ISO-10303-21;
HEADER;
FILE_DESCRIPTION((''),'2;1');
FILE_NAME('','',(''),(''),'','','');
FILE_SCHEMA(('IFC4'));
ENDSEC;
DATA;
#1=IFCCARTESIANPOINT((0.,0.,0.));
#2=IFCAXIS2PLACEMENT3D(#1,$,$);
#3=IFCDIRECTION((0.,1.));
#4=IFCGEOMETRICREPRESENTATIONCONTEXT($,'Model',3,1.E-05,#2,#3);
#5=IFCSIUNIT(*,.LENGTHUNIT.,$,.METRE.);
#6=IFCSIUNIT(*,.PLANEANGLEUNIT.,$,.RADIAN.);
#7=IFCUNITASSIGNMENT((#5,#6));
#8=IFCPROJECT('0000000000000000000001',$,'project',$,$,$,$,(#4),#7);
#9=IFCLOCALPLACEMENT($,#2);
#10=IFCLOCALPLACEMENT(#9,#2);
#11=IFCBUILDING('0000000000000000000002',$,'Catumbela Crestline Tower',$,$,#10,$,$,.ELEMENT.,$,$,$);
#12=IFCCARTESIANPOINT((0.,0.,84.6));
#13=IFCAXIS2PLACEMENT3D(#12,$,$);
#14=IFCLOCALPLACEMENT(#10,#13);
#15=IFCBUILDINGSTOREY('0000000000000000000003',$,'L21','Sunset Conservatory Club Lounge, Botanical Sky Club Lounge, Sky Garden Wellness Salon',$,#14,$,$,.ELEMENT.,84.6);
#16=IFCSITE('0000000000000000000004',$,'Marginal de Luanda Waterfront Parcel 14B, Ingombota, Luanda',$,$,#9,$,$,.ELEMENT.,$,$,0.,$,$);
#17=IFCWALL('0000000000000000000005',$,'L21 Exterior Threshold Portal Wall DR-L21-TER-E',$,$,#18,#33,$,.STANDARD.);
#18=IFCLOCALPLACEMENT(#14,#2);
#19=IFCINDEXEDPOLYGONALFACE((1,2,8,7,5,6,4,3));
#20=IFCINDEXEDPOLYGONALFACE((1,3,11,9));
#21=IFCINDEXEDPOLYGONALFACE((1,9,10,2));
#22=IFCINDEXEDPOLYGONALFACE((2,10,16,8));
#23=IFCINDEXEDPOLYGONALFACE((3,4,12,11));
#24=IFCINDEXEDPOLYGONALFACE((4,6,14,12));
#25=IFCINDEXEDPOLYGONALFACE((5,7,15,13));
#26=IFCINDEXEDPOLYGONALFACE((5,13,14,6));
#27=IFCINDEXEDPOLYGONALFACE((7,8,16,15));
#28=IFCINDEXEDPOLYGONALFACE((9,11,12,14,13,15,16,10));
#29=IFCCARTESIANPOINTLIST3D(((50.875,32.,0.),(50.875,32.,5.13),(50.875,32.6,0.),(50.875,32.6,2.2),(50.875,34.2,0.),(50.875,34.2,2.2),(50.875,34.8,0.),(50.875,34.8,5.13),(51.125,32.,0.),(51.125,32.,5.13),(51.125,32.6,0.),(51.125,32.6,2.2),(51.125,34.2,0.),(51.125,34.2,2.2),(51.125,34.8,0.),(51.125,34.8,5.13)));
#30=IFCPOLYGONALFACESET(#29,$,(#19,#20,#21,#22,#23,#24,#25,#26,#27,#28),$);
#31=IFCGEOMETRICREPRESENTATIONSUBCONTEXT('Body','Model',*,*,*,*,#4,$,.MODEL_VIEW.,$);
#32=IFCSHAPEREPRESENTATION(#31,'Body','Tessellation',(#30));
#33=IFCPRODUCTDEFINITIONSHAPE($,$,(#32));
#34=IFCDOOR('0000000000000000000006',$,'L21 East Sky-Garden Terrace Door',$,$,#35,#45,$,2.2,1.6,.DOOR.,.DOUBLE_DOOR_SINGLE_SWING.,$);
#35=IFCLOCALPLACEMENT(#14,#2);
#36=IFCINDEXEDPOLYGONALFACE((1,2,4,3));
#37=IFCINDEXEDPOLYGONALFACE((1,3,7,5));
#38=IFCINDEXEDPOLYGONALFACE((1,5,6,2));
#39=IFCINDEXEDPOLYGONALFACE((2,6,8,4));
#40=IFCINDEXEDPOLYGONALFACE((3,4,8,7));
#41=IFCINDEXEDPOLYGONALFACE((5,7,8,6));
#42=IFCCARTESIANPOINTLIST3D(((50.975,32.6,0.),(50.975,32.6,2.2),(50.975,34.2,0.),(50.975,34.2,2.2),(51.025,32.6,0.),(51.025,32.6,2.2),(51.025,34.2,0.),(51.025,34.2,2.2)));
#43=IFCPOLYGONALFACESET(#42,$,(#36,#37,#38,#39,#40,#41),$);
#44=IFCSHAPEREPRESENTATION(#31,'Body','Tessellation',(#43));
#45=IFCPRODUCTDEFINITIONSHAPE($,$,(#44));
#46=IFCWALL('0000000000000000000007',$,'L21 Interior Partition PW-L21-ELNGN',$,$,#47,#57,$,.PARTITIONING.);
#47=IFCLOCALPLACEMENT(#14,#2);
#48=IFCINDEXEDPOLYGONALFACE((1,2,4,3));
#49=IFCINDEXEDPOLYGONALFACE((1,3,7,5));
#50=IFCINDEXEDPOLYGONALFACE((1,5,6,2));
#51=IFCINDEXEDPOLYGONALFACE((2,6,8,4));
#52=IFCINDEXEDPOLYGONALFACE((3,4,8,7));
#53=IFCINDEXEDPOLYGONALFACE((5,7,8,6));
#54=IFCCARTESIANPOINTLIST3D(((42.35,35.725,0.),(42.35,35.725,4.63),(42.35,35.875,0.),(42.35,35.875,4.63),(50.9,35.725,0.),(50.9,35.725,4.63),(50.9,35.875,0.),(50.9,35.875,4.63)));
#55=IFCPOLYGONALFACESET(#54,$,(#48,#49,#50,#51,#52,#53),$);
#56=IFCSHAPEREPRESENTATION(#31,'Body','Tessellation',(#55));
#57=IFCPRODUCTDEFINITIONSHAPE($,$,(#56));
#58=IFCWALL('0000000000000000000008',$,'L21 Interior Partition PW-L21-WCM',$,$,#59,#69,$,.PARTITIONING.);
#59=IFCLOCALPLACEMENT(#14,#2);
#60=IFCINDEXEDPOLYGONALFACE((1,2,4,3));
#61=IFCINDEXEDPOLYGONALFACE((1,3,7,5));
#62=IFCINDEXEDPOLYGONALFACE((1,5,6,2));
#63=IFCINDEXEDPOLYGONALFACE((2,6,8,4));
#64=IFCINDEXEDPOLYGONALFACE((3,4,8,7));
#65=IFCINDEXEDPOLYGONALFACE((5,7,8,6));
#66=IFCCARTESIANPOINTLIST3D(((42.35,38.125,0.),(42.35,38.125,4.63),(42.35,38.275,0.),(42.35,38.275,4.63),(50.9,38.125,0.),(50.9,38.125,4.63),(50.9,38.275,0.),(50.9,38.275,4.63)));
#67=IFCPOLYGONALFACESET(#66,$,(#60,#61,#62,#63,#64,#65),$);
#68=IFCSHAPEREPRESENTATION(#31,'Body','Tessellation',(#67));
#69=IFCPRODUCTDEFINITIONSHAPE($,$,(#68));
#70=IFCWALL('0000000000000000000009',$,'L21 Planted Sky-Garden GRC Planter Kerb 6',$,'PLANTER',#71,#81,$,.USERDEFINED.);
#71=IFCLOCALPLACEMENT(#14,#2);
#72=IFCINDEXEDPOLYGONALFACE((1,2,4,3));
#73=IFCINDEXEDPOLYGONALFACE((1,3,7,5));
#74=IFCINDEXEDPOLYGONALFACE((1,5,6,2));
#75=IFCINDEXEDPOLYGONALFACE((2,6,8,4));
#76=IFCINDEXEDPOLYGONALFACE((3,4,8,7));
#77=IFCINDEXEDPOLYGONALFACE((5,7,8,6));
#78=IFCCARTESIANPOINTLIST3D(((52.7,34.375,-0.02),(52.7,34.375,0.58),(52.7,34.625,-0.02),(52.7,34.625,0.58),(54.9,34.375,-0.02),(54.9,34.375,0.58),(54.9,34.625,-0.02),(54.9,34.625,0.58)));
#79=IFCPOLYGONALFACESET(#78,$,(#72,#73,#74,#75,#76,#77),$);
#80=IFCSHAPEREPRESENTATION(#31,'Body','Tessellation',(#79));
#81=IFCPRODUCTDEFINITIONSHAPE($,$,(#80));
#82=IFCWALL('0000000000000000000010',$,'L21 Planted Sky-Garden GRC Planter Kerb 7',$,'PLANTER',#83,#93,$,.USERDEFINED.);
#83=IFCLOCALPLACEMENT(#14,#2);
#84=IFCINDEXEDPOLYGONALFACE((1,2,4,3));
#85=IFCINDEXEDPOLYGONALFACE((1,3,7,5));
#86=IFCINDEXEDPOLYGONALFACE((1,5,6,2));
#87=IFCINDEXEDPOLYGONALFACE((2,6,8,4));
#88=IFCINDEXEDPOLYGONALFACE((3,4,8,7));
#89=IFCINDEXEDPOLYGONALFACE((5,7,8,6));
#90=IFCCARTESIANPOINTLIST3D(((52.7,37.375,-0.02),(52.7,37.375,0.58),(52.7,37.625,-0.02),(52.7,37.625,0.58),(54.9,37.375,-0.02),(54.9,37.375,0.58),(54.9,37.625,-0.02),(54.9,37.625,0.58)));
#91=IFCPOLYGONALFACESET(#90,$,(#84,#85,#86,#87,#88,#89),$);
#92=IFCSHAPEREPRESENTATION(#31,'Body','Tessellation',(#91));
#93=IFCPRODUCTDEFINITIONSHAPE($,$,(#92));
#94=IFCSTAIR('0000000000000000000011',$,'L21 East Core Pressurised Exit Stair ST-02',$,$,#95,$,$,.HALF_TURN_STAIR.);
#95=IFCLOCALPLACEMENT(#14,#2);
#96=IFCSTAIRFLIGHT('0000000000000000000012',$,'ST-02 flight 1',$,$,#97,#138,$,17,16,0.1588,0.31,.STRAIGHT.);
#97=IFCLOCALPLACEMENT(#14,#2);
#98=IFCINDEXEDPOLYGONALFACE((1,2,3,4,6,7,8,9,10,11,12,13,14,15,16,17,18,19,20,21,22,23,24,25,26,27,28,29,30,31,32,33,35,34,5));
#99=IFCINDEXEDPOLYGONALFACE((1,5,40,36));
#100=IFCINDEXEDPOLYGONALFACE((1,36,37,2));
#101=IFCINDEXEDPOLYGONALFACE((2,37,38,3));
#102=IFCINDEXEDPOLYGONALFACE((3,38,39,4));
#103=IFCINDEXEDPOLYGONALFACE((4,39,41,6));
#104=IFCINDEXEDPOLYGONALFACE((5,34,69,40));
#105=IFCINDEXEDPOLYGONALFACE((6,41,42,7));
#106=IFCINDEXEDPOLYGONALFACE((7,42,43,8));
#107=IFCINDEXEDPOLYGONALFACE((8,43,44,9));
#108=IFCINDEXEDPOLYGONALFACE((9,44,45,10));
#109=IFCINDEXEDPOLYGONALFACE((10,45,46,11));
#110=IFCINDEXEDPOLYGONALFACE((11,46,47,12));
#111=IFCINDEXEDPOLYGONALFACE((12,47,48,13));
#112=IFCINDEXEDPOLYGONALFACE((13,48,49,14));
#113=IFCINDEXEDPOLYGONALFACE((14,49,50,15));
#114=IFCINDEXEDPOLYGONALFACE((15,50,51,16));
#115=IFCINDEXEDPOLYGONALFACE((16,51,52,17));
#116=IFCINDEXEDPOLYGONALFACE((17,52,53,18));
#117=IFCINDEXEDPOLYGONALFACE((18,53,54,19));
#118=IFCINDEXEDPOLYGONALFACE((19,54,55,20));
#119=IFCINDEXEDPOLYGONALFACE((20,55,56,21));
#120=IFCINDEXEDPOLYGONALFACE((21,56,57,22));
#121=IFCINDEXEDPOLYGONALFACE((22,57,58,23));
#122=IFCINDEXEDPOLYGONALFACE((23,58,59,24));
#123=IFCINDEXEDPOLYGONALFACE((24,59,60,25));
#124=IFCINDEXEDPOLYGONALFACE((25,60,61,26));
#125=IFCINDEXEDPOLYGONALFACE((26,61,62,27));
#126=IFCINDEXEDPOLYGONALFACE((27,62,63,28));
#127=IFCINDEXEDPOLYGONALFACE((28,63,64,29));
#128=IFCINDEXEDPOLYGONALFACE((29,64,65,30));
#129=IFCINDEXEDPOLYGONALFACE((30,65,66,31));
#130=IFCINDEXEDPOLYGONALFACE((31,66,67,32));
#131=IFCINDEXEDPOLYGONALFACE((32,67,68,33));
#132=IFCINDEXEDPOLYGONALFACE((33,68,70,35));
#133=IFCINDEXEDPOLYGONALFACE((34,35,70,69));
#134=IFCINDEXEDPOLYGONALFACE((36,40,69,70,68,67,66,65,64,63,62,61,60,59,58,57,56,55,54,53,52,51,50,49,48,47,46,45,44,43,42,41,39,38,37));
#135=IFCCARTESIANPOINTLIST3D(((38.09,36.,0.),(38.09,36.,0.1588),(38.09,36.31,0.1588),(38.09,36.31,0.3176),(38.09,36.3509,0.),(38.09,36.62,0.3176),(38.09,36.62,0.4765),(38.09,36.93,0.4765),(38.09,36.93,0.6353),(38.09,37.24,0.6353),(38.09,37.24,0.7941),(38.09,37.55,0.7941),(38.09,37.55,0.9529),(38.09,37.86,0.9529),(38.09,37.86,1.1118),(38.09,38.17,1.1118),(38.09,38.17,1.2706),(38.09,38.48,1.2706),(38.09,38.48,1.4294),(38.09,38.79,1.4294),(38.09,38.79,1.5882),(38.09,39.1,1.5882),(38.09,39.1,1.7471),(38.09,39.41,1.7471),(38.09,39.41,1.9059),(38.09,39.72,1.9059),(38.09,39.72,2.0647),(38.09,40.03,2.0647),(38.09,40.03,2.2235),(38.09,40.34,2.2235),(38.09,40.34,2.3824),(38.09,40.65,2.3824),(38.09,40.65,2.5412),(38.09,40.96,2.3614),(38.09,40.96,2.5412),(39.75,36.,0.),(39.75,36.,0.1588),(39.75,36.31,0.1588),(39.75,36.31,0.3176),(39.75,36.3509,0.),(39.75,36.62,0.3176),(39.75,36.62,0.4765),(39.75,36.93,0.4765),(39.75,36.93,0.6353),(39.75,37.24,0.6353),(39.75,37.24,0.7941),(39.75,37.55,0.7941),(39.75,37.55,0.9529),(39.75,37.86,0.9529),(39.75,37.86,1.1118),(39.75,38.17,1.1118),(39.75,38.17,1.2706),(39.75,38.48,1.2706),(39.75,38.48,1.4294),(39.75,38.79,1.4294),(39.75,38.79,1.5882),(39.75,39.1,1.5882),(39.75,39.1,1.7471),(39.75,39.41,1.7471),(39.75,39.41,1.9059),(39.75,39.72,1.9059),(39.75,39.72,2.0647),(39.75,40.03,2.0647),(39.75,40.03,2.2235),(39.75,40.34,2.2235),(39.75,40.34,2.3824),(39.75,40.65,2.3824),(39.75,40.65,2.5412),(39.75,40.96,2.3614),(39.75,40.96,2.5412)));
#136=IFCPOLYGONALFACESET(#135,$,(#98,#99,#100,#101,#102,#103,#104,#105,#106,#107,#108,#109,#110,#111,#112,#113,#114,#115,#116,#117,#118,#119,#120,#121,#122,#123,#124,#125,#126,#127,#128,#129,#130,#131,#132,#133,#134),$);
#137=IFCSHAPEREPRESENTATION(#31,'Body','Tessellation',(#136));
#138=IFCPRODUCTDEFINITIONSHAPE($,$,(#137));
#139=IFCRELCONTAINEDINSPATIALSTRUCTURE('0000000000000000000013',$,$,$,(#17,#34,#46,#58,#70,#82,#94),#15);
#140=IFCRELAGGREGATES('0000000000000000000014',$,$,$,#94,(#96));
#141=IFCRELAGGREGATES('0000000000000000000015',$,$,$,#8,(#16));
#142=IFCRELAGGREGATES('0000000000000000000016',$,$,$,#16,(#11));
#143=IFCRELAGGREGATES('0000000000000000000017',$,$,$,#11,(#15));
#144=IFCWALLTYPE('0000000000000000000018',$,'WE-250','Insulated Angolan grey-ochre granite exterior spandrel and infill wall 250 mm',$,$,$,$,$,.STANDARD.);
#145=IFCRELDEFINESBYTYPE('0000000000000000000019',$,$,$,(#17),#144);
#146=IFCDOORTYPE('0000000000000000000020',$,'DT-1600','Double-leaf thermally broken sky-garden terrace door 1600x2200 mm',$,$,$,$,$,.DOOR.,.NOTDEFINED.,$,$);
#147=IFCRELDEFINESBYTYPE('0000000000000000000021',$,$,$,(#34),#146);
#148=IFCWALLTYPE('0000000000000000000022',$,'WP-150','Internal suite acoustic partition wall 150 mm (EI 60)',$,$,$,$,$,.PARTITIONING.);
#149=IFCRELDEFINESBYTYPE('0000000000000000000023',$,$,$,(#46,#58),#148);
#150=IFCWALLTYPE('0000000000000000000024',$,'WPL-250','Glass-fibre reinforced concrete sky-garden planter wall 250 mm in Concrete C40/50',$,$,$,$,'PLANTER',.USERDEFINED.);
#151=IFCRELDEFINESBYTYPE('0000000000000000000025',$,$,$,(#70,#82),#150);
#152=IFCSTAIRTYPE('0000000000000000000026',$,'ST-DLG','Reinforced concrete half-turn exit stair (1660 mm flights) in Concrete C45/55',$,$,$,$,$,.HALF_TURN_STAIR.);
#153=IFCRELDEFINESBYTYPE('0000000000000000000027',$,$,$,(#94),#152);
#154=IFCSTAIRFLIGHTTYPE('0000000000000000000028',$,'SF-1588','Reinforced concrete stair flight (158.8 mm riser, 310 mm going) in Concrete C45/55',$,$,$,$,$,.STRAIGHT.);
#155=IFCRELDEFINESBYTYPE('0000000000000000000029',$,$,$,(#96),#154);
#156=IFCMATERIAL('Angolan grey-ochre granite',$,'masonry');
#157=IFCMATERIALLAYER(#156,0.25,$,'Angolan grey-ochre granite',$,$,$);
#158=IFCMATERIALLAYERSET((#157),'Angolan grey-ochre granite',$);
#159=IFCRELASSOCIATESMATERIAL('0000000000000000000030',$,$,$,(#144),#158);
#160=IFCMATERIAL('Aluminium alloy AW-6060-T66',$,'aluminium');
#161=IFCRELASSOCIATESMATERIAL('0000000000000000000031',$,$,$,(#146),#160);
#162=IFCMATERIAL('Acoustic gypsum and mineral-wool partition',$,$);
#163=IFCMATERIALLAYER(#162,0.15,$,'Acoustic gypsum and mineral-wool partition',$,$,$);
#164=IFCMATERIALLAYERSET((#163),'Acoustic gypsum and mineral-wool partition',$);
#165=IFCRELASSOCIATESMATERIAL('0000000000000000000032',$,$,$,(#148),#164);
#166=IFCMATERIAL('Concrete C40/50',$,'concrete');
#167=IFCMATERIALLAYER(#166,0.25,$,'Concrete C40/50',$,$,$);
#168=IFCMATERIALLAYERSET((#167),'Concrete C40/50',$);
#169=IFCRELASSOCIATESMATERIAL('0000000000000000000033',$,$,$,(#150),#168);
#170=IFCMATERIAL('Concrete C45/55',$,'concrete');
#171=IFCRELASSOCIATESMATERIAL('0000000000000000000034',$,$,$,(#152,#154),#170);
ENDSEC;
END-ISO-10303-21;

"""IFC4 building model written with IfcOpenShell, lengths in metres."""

from ifc_helpers import new_model, si_unit, direction, frame, frame_2d, origin, place, context, subcontext, project, spatial, polyline, rectangle, outline, extrude, material, layer, layer_set, type_object, element, fill, aggregate, save


model = new_model("IFC4")

# Units and contexts
model_context = context("Model", 3, precision=1e-05, world=origin(), true_north=direction((0.0, 1.0)))
body_context = subcontext(model_context, "Body", "Model", "MODEL_VIEW")
ifc_project = project(units=[si_unit("LENGTHUNIT", "METRE"), si_unit("PLANEANGLEUNIT", "RADIAN")], contexts=[model_context])

# Site, building, storey
site_placement = place(None, origin())
site = spatial("IfcSite", under=ifc_project, at=site_placement, Name="Marginal de Luanda Waterfront Parcel 14B, Ingombota, Luanda", CompositionType="ELEMENT", RefElevation=0.0)
building_placement = place(site_placement, origin())
building = spatial("IfcBuilding", under=site, at=building_placement, Name="Catumbela Crestline Tower", CompositionType="ELEMENT")
storey_placement = place(building_placement, frame((0.0, 0.0, 84.6)))
storey = spatial("IfcBuildingStorey", under=building, at=storey_placement, Name="L21", Description="Sunset Conservatory Club Lounge, Botanical Sky Club Lounge, Sky Garden Wellness Salon", CompositionType="ELEMENT", Elevation=84.6)

# Shared definitions
ifc_material_1 = material(Name="Aluminium alloy AW-6060-T66", Category="aluminium")

# Wall, opening, door
ifc_material_2 = material(Name="Acoustic gypsum and mineral-wool partition")
ifc_material_3 = material(Name="Angolan grey-ochre granite", Category="masonry")
ifc_layer_1 = layer(ifc_material_3, 0.25, Name="Angolan grey-ochre granite")
ifc_layer_set_1 = layer_set([ifc_layer_1], Name="Angolan grey-ochre granite")
wall_type_1 = type_object("IfcWallType", Name="WE-250", Description="Insulated Angolan grey-ochre granite exterior spandrel and infill wall 250 mm", PredefinedType="STANDARD", material=ifc_layer_set_1)
wall_1_placement = place(storey_placement, frame((51.0, 32.0, 0.0), z_axis=(0.0, 0.0, 1.0), x_axis=(0.0, 1.0, 0.0)))
wall_1 = element("IfcWall", 1, at=wall_1_placement, inside=storey, type_object=wall_type_1, Name="L21 Exterior Threshold Portal Wall DR-L21-TER-E", PredefinedType="STANDARD", context=body_context, shape_type="SweptSolid", body=[
    extrude(rectangle(XDim=2.8, YDim=0.25, at=frame_2d((1.4, 0.0))), origin(), (0.0, 0.0, 1.0), 5.13),
])
opening_1_placement = place(wall_1_placement, frame((0.6, 0.0, 0.0)))
opening_1 = element("IfcOpeningElement", 2, at=opening_1_placement, cuts=wall_1, PredefinedType="OPENING", context=body_context, shape_type="SweptSolid", body=[
    extrude(rectangle(XDim=1.6, YDim=2.2, at=frame_2d((0.8, 1.1))), frame((0.0, 0.135, 0.0), z_axis=(0.0, -1.0, 0.0), x_axis=(1.0, 0.0, 0.0)), (0.0, 0.0, 1.0), 0.27),
])
door_type_1 = type_object("IfcDoorType", Name="DT-1600", Description="Double-leaf thermally broken sky-garden terrace door 1600x2200 mm", OperationType="NOTDEFINED", PredefinedType="DOOR", material=ifc_material_1)
door_1_placement = place(opening_1_placement, origin())
door_1 = element("IfcDoor", 3, at=door_1_placement, inside=storey, type_object=door_type_1, Name="L21 East Sky-Garden Terrace Door", OperationType="DOUBLE_DOOR_SINGLE_SWING", OverallHeight=2.2, OverallWidth=1.6, PredefinedType="DOOR", context=body_context, shape_type="SweptSolid", body=[
    extrude(rectangle(XDim=1.6, YDim=2.2, at=frame_2d((0.8, 1.1))), frame((0.0, 0.025, 0.0), z_axis=(0.0, -1.0, 0.0), x_axis=(1.0, 0.0, 0.0)), (0.0, 0.0, 1.0), 0.05),
])
fill(opening_1, door_1)

# Walls
ifc_layer_2 = layer(ifc_material_2, 0.15, Name="Acoustic gypsum and mineral-wool partition")
ifc_layer_set_2 = layer_set([ifc_layer_2], Name="Acoustic gypsum and mineral-wool partition")
wall_type_2 = type_object("IfcWallType", Name="WP-150", Description="Internal suite acoustic partition wall 150 mm (EI 60)", PredefinedType="PARTITIONING", material=ifc_layer_set_2)
for number, where, z_axis, x_axis, name in (
    (4, (42.35, 35.8, 0.0), (0.0, 0.0, 1.0), (1.0, 0.0, 0.0), "L21 Interior Partition PW-L21-ELNGN"),
    (5, (42.35, 38.2, 0.0), (0.0, 0.0, 1.0), (1.0, 0.0, 0.0), "L21 Interior Partition PW-L21-WCM"),
):
    element("IfcWall", number, at=place(storey_placement, frame(where, z_axis=z_axis, x_axis=x_axis)), inside=storey, type_object=wall_type_2, Name=name, PredefinedType="PARTITIONING", context=body_context, shape_type="SweptSolid", body=[
        extrude(rectangle(XDim=8.55, YDim=0.15, at=frame_2d((4.275, 0.0))), origin(), (0.0, 0.0, 1.0), 4.63),
    ])
ifc_material_4 = material(Name="Concrete C40/50", Category="concrete")
ifc_layer_3 = layer(ifc_material_4, 0.25, Name="Concrete C40/50")
ifc_layer_set_3 = layer_set([ifc_layer_3], Name="Concrete C40/50")
wall_type_3 = type_object("IfcWallType", Name="WPL-250", Description="Glass-fibre reinforced concrete sky-garden planter wall 250 mm in Concrete C40/50", ElementType="PLANTER", PredefinedType="USERDEFINED", material=ifc_layer_set_3)
for number, where, z_axis, x_axis, name in (
    (6, (52.7, 34.5, -0.02), (0.0, 0.0, 1.0), (1.0, 0.0, 0.0), "L21 Planted Sky-Garden GRC Planter Kerb 6"),
    (7, (52.7, 37.5, -0.02), (0.0, 0.0, 1.0), (1.0, 0.0, 0.0), "L21 Planted Sky-Garden GRC Planter Kerb 7"),
):
    element("IfcWall", number, at=place(storey_placement, frame(where, z_axis=z_axis, x_axis=x_axis)), inside=storey, type_object=wall_type_3, Name=name, ObjectType="PLANTER", PredefinedType="USERDEFINED", context=body_context, shape_type="SweptSolid", body=[
        extrude(rectangle(XDim=2.2, YDim=0.25, at=frame_2d((1.1, 0.0))), origin(), (0.0, 0.0, 1.0), 0.6),
    ])

# Stair, stair flight
ifc_material_5 = material(Name="Concrete C45/55", Category="concrete")
stair_type = type_object("IfcStairType", Name="ST-DLG", Description="Reinforced concrete half-turn exit stair (1660 mm flights) in Concrete C45/55", PredefinedType="HALF_TURN_STAIR", material=ifc_material_5)
stair_placement = place(storey_placement, origin())
stair = element("IfcStair", 8, at=stair_placement, inside=storey, type_object=stair_type, Name="L21 East Core Pressurised Exit Stair ST-02", PredefinedType="HALF_TURN_STAIR")
stair_flight_type = type_object("IfcStairFlightType", Name="SF-1588", Description="Reinforced concrete stair flight (158.8 mm riser, 310 mm going) in Concrete C45/55", PredefinedType="STRAIGHT", material=ifc_material_5)
stair_flight_placement = place(storey_placement, frame((38.92, 36.0, 0.0), z_axis=(0.0, 0.0, 1.0), x_axis=(0.0, 1.0, 0.0)))
stair_flight = element("IfcStairFlight", 9, at=stair_flight_placement, type_object=stair_flight_type, Name="ST-02 flight 1", NumberOfRisers=17, NumberOfTreads=16, PredefinedType="STRAIGHT", RiserHeight=0.1588, TreadLength=0.31, context=body_context, shape_type="SweptSolid", body=[
    extrude(outline(polyline([(0.0, 0.0), (0.0, 0.1588), (0.31, 0.1588), (0.31, 0.3176), (0.62, 0.3176), (0.62, 0.4765), (0.93, 0.4765), (0.93, 0.6353), (1.24, 0.6353), (1.24, 0.7941), (1.55, 0.7941), (1.55, 0.9529), (1.86, 0.9529), (1.86, 1.1118), (2.17, 1.1118), (2.17, 1.2706), (2.48, 1.2706), (2.48, 1.4294), (2.79, 1.4294), (2.79, 1.5882), (3.1, 1.5882), (3.1, 1.7471), (3.41, 1.7471), (3.41, 1.9059), (3.72, 1.9059), (3.72, 2.0647), (4.03, 2.0647), (4.03, 2.2235), (4.34, 2.2235), (4.34, 2.3824), (4.65, 2.3824), (4.65, 2.5412), (4.96, 2.5412), (4.96, 2.7), (4.96, 2.3614), (0.3509, 0.0), (0.0, 0.0)])), frame((0.0, 0.83, 0.0), z_axis=(0.0, -1.0, 0.0), x_axis=(1.0, 0.0, 0.0)), (0.0, 0.0, 1.0), 1.66),
])
aggregate(stair, [stair_flight])

save(model, "model.ifc")
